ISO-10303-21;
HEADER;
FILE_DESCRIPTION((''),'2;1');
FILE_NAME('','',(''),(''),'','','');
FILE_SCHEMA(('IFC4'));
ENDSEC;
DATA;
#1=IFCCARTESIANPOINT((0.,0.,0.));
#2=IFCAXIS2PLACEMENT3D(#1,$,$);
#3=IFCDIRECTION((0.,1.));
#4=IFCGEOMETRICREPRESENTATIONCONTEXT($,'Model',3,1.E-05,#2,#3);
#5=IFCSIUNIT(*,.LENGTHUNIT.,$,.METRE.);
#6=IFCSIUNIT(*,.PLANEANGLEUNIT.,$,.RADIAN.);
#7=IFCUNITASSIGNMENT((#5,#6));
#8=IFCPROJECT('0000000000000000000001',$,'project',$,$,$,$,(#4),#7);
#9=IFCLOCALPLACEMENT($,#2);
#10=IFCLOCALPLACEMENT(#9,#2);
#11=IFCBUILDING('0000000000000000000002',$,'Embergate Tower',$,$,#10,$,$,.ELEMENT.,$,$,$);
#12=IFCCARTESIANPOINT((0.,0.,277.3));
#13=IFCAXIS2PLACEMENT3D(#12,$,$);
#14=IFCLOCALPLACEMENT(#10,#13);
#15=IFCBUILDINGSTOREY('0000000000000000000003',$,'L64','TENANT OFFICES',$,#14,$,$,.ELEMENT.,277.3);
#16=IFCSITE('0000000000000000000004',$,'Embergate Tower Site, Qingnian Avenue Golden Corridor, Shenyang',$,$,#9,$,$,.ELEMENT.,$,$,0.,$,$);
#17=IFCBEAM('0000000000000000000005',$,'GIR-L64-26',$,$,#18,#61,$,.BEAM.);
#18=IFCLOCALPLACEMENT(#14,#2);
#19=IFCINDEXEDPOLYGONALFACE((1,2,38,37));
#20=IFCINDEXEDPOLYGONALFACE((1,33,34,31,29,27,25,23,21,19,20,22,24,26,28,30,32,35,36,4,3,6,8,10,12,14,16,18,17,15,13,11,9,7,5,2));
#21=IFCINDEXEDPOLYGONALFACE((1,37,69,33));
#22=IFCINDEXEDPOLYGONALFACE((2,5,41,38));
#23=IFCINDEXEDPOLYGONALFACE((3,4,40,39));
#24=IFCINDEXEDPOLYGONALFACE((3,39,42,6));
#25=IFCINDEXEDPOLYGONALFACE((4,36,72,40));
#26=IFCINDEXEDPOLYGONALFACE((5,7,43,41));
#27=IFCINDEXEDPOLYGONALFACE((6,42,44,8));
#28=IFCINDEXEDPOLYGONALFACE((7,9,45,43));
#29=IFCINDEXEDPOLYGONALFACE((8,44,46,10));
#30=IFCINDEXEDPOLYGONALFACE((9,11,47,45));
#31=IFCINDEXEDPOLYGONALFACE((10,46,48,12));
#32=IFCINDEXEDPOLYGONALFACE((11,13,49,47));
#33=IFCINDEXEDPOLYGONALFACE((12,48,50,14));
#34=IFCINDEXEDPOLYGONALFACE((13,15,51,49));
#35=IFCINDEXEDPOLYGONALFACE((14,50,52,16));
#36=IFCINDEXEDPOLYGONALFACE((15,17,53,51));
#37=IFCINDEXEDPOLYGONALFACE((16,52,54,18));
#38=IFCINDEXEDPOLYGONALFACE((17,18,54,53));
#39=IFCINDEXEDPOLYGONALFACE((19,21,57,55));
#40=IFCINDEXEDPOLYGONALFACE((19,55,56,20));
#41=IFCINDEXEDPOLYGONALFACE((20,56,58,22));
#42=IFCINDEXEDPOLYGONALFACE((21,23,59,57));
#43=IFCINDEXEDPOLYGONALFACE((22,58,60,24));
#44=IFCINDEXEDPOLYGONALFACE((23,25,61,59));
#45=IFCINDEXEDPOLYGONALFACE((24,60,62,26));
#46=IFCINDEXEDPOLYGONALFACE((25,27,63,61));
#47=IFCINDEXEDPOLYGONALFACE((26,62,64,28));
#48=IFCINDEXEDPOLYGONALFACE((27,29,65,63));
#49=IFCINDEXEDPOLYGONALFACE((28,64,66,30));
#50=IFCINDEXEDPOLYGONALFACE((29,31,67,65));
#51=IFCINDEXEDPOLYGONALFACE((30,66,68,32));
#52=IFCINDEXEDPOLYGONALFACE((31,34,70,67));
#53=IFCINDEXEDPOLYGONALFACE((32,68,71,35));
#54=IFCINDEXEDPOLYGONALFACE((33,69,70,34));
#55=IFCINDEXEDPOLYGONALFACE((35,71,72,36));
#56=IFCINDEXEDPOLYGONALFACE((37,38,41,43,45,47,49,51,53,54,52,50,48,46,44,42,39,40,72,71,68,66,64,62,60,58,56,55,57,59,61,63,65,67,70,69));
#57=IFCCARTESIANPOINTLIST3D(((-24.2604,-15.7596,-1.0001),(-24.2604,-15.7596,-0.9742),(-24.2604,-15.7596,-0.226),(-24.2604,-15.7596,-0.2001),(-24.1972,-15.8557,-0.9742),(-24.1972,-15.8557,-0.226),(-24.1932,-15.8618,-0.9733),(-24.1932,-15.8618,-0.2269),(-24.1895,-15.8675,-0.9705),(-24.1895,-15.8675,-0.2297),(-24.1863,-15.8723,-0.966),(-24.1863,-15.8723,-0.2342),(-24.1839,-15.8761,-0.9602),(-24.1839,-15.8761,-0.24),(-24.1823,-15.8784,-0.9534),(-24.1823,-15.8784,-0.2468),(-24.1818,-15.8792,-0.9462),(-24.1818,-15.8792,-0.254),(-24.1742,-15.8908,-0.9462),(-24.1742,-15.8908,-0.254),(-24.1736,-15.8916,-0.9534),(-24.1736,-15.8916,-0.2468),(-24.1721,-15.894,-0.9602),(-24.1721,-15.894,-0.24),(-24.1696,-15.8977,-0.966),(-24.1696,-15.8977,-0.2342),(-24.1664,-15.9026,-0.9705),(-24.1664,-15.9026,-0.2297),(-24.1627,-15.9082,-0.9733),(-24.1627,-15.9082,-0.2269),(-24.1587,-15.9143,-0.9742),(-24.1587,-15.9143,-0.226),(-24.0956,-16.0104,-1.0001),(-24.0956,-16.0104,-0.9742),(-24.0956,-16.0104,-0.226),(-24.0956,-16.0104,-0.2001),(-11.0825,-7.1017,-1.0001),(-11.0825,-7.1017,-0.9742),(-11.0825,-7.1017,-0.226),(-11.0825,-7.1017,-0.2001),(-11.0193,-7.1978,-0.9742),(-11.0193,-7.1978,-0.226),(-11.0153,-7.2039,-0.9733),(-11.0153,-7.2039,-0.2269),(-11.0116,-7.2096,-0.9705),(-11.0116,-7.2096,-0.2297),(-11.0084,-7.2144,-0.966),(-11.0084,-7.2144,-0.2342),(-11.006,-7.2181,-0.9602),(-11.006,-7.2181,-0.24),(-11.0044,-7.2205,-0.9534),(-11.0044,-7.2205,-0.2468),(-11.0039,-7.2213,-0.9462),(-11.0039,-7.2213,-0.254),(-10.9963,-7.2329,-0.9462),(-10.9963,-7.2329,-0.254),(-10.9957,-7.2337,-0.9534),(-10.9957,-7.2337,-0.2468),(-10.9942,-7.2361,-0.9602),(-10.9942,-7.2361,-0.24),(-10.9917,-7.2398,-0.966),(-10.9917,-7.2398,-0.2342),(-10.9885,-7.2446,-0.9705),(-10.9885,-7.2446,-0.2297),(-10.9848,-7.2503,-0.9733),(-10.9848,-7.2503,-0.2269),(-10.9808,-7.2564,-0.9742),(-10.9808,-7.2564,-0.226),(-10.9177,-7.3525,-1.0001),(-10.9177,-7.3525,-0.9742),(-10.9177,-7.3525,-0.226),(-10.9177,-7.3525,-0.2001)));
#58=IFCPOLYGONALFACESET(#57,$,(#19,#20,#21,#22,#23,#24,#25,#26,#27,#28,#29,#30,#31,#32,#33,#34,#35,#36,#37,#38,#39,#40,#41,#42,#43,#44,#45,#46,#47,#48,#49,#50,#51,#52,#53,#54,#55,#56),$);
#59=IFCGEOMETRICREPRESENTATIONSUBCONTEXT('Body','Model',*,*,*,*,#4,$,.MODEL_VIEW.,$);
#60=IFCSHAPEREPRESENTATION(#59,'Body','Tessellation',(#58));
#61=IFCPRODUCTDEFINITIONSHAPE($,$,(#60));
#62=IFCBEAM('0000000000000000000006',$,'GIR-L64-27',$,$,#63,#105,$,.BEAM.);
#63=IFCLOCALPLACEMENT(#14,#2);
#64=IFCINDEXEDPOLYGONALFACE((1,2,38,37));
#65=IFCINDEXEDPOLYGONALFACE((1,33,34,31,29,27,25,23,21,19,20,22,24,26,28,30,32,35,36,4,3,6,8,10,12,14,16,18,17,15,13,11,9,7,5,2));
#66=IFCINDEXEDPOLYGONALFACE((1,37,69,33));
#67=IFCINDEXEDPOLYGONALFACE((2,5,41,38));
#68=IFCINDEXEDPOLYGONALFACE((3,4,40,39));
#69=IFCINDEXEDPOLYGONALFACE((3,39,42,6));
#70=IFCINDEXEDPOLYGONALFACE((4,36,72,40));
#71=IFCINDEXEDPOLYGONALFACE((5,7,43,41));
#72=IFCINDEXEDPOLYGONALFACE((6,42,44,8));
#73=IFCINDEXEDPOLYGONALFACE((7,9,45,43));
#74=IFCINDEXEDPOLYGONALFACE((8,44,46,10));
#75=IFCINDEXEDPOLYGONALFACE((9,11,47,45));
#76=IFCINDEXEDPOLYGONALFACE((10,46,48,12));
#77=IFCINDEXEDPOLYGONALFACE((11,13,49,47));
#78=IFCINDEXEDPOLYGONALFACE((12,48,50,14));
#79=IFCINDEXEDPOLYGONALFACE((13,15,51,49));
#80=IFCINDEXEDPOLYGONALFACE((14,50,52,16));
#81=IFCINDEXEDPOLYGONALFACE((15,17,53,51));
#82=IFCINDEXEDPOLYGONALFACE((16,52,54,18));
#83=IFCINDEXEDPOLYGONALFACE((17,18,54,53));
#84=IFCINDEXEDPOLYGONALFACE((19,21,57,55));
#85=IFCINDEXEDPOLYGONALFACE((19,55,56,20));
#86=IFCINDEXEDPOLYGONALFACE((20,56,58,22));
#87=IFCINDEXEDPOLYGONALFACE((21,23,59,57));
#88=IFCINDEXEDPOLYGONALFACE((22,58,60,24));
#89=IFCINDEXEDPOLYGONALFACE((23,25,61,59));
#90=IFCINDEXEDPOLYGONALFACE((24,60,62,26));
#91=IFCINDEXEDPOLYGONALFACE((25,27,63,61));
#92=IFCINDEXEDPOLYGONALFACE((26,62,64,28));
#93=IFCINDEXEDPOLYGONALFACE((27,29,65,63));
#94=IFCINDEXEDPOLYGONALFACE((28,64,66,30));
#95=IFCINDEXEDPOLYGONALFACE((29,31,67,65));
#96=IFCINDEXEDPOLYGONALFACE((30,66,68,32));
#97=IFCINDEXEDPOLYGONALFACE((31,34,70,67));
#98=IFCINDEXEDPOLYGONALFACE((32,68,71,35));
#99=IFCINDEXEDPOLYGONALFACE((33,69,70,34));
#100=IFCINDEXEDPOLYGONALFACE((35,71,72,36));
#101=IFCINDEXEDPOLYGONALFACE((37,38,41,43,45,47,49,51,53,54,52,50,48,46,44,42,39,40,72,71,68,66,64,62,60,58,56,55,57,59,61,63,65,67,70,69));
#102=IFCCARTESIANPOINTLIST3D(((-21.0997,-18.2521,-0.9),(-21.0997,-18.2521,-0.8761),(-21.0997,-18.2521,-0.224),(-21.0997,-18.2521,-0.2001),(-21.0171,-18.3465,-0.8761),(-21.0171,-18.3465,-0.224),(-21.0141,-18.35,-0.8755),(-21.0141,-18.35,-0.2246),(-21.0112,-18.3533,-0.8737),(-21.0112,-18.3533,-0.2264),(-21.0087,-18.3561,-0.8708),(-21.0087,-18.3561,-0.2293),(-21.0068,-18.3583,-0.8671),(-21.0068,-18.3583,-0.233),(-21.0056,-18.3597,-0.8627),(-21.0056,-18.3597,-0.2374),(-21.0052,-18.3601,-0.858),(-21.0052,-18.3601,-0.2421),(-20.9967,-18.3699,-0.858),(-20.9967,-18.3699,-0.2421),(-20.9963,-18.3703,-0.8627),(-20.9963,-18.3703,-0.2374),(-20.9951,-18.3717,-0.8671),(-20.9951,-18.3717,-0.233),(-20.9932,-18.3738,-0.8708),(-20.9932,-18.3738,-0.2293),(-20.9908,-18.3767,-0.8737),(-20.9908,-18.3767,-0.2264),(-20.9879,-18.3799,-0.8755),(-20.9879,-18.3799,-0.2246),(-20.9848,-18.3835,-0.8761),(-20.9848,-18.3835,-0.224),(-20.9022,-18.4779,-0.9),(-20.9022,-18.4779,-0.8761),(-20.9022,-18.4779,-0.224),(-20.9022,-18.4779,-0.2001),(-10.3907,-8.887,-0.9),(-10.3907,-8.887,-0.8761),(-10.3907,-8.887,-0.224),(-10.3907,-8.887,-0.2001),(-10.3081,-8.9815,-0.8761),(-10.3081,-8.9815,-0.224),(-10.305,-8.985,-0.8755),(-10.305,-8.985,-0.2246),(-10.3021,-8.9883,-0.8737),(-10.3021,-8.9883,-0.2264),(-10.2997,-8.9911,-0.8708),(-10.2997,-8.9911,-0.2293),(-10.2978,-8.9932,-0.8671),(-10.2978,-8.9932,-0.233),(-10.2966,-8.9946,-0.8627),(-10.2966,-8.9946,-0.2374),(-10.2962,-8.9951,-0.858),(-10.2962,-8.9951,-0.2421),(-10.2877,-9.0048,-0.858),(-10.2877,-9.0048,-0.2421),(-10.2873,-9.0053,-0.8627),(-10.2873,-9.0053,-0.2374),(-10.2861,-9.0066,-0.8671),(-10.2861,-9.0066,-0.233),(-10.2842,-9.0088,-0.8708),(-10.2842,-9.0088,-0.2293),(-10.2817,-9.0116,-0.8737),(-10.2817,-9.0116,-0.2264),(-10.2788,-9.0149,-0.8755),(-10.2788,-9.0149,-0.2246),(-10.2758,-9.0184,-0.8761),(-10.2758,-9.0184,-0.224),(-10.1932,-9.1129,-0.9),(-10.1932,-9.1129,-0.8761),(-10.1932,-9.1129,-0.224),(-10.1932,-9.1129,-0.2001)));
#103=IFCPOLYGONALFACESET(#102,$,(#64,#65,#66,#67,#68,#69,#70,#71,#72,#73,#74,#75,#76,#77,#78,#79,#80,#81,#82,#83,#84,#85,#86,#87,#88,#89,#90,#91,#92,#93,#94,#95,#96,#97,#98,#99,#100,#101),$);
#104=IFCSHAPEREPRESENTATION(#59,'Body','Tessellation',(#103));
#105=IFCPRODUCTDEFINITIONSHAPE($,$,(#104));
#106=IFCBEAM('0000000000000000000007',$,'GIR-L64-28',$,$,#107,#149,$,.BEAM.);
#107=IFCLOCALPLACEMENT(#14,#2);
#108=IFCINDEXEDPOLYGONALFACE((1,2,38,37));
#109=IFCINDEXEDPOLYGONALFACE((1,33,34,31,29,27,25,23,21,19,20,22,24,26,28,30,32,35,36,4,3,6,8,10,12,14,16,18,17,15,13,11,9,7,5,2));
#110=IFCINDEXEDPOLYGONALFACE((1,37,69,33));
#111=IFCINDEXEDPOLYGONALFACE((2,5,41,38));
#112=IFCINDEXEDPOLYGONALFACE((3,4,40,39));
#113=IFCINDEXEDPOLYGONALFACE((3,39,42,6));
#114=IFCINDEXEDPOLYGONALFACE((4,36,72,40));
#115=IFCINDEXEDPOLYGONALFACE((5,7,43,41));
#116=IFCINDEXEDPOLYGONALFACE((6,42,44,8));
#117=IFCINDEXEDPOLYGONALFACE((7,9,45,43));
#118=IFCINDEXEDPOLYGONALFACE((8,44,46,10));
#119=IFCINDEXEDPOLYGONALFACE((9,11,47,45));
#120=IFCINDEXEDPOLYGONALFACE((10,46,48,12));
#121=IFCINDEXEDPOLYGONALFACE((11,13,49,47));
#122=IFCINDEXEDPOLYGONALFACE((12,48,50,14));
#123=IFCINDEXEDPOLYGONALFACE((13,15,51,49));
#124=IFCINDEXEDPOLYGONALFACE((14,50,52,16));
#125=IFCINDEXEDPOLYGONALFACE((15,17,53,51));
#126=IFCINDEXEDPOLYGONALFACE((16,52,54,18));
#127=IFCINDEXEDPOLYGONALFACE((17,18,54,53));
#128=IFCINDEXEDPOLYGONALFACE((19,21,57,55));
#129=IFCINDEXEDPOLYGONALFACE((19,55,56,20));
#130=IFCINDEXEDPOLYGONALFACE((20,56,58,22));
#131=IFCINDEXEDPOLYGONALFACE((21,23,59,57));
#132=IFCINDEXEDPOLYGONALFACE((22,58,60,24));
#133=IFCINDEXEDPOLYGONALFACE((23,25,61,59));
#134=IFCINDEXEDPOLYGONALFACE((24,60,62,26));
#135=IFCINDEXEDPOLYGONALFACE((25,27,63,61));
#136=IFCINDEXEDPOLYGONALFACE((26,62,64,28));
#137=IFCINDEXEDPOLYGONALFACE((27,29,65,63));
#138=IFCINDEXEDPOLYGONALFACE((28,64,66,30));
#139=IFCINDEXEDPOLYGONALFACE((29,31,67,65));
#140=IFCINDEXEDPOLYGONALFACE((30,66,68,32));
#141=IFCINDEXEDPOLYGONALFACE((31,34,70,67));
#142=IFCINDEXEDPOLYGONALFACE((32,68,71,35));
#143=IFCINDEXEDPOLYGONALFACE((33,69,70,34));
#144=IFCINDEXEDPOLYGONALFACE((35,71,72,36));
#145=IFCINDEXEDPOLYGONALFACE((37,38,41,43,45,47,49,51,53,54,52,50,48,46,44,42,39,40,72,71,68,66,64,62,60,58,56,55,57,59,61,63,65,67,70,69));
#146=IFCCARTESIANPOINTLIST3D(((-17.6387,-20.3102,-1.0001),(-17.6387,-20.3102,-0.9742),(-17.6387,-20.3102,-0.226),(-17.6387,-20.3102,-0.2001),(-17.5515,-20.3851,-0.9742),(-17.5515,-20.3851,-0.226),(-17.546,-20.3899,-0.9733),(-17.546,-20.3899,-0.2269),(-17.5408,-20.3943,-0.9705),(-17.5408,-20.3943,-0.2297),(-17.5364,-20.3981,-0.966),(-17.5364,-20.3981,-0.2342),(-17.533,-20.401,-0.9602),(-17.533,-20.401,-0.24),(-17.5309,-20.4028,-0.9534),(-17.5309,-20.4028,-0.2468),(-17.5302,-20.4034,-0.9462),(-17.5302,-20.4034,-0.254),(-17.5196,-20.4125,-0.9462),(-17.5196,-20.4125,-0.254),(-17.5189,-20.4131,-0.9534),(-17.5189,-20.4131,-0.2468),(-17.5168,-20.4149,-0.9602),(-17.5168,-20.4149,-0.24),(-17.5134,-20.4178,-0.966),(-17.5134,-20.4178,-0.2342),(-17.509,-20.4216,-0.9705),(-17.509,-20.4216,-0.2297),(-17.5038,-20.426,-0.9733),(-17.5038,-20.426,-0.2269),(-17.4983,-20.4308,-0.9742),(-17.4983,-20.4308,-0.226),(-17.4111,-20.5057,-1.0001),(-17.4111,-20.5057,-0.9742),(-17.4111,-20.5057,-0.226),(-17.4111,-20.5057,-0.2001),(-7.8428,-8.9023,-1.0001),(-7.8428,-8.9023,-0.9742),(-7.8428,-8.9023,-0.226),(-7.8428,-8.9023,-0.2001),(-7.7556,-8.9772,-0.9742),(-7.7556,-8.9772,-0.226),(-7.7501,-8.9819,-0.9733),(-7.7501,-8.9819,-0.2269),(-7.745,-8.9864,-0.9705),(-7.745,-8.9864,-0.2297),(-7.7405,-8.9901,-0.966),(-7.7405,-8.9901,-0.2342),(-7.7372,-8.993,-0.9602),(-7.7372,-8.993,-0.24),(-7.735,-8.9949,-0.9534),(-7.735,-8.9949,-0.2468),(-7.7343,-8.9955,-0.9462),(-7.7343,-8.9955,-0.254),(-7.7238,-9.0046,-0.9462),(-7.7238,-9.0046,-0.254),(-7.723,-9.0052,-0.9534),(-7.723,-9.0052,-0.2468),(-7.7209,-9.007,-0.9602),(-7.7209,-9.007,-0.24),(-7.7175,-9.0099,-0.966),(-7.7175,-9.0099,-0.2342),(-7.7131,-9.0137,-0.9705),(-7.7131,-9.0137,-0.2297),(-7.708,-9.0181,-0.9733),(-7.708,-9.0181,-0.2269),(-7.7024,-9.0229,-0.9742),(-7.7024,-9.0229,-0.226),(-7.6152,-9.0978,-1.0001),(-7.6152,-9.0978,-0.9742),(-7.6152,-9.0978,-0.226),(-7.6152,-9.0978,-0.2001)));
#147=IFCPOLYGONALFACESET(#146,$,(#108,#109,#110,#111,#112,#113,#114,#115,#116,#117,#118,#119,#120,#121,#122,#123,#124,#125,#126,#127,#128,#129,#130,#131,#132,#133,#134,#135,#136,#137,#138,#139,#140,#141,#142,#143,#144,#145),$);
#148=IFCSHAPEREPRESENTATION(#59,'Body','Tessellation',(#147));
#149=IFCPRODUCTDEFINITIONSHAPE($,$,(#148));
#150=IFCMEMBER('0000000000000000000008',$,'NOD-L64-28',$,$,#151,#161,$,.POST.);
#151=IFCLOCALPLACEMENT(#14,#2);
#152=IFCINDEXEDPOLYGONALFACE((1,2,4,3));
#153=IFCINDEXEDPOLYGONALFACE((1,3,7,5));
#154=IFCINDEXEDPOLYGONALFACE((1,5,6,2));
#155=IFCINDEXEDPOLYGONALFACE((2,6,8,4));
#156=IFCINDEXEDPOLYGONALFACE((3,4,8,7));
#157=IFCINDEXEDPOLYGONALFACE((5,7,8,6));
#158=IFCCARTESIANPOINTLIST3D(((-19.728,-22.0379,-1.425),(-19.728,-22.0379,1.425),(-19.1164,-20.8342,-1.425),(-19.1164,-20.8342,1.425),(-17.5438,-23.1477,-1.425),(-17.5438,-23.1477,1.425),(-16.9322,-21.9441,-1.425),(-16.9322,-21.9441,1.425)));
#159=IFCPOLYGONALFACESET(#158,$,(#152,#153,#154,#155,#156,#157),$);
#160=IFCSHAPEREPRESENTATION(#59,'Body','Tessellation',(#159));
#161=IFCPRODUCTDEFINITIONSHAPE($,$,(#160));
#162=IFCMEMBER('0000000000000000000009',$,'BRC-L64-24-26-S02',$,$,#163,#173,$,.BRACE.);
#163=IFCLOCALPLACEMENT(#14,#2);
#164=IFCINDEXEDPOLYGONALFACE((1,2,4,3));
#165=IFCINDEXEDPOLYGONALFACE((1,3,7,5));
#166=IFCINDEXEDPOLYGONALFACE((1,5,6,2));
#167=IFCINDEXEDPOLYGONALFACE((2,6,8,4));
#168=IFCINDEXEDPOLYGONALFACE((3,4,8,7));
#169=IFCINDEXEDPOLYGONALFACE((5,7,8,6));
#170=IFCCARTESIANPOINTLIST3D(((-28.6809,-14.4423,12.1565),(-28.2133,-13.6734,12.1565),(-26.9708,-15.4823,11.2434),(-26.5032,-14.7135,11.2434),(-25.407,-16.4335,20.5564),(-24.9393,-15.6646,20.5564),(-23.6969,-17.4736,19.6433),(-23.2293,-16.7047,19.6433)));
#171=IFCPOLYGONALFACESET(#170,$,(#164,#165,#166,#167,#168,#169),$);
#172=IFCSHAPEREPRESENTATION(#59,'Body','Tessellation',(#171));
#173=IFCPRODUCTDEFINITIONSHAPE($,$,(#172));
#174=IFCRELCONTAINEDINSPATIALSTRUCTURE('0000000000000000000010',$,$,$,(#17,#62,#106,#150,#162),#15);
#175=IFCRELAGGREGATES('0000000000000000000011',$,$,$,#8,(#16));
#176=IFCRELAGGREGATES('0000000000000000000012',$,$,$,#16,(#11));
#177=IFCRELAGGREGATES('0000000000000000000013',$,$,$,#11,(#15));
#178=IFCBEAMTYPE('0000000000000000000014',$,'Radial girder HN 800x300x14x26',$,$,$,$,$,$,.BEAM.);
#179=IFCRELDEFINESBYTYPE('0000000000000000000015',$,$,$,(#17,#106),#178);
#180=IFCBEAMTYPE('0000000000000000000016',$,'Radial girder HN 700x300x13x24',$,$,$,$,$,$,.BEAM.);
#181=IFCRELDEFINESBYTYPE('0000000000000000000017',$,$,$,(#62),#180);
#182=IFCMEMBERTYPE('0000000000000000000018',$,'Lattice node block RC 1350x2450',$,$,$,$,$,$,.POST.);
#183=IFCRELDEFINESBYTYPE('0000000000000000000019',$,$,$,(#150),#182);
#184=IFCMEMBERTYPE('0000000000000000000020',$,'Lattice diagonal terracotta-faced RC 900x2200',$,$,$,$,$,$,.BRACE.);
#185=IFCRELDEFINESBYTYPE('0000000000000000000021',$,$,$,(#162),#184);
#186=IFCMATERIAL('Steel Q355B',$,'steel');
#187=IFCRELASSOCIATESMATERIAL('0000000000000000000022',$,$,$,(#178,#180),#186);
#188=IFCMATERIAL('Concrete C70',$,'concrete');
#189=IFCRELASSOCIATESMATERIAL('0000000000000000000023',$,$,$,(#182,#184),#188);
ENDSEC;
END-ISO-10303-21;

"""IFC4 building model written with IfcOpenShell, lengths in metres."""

from ifc_helpers import new_model, si_unit, direction, frame, origin, origin_2d, place, context, subcontext, project, spatial, rectangle, i_section, extrude, source, transform, mapped, material, material_profile, profile_set, type_object, element, save


model = new_model("IFC4")

# Units and contexts
model_context = context("Model", 3, precision=1e-05, world=origin(), true_north=direction((0.0, 1.0)))
body_context = subcontext(model_context, "Body", "Model", "MODEL_VIEW")
ifc_project = project(units=[si_unit("LENGTHUNIT", "METRE"), si_unit("PLANEANGLEUNIT", "RADIAN")], contexts=[model_context])

# Site, building, storey
site_placement = place(None, origin())
site = spatial("IfcSite", under=ifc_project, at=site_placement, Name="Embergate Tower Site, Qingnian Avenue Golden Corridor, Shenyang", CompositionType="ELEMENT", RefElevation=0.0)
building_placement = place(site_placement, origin())
building = spatial("IfcBuilding", under=site, at=building_placement, Name="Embergate Tower", CompositionType="ELEMENT")
storey_placement = place(building_placement, frame((0.0, 0.0, 277.3)))
storey = spatial("IfcBuildingStorey", under=building, at=storey_placement, Name="L64", Description="TENANT OFFICES", CompositionType="ELEMENT", Elevation=277.3)

# Beams
ifc_material_1 = material(Name="Steel Q355B", Category="steel")
ifc_material_profile_1 = material_profile(ifc_material_1, i_section(OverallWidth=0.3, OverallDepth=0.8, WebThickness=0.0139, FlangeThickness=0.0259, FilletRadius=0.0281, at=origin_2d()), Name="HN 800x300x14x26")
ifc_profile_set_1 = profile_set([ifc_material_profile_1], Name="Steel Q355 grade B")
beam_type_1 = type_object("IfcBeamType", Name="Radial girder HN 800x300x14x26", PredefinedType="BEAM", material=ifc_profile_set_1)
shared_shape_1 = source(origin(), body_context, "Body", "SweptSolid", [
    extrude(i_section(OverallWidth=0.3, OverallDepth=0.8, WebThickness=0.0139, FlangeThickness=0.0259, FilletRadius=0.0281, at=origin_2d()), origin(), (0.0, 0.0, 1.0), 15.7676),
])
beam_1_placement = place(storey_placement, frame((-24.178, -15.885, -0.6001), z_axis=(0.835759, 0.549096, 0.0), x_axis=(-0.549096, 0.835759, 0.0)))
element("IfcBeam", 1, at=beam_1_placement, inside=storey, type_object=beam_type_1, Name="GIR-L64-26", PredefinedType="BEAM", context=body_context, shape_type="MappedRepresentation", body=[
    mapped(shared_shape_1, transform((0.0, 0.0, 0.0))),
])
ifc_material_profile_2 = material_profile(ifc_material_1, i_section(OverallWidth=0.3, OverallDepth=0.7, WebThickness=0.0129, FlangeThickness=0.0239, FilletRadius=0.0181, at=origin_2d()), Name="HN 700x300x13x24")
ifc_profile_set_2 = profile_set([ifc_material_profile_2], Name="Steel Q355 grade B")
beam_type_2 = type_object("IfcBeamType", Name="Radial girder HN 700x300x13x24", PredefinedType="BEAM", material=ifc_profile_set_2)
shared_shape_2 = source(origin(), body_context, "Body", "SweptSolid", [
    extrude(i_section(OverallWidth=0.3, OverallDepth=0.7, WebThickness=0.0129, FlangeThickness=0.0239, FilletRadius=0.0181, at=origin_2d()), origin(), (0.0, 0.0, 1.0), 14.2263),
])
beam_2_placement = place(storey_placement, frame((-21.001, -18.365, -0.55), z_axis=(0.752764, 0.658291, 0.0), x_axis=(-0.658291, 0.752764, 0.0)))
element("IfcBeam", 2, at=beam_2_placement, inside=storey, type_object=beam_type_2, Name="GIR-L64-27", PredefinedType="BEAM", context=body_context, shape_type="MappedRepresentation", body=[
    mapped(shared_shape_2, transform((0.0, 0.0, 0.0))),
])
shared_shape_3 = source(origin(), body_context, "Body", "SweptSolid", [
    extrude(i_section(OverallWidth=0.3, OverallDepth=0.8, WebThickness=0.0139, FlangeThickness=0.0259, FilletRadius=0.0281, at=origin_2d()), origin(), (0.0, 0.0, 1.0), 15.0366),
])
beam_3_placement = place(storey_placement, frame((-17.5249, -20.408, -0.6001), z_axis=(0.651468, 0.758676, 0.0), x_axis=(-0.758676, 0.651468, 0.0)))
element("IfcBeam", 3, at=beam_3_placement, inside=storey, type_object=beam_type_1, Name="GIR-L64-28", PredefinedType="BEAM", context=body_context, shape_type="MappedRepresentation", body=[
    mapped(shared_shape_3, transform((0.0, 0.0, 0.0))),
])

# Members
ifc_material_2 = material(Name="Concrete C70", Category="concrete")
ifc_material_profile_3 = material_profile(ifc_material_2, rectangle(XDim=1.3501, YDim=2.45, at=origin_2d()), Name="RC 1350x2450")
ifc_profile_set_3 = profile_set([ifc_material_profile_3], Name="Concrete C70")
member_type_1 = type_object("IfcMemberType", Name="Lattice node block RC 1350x2450", PredefinedType="POST", material=ifc_profile_set_3)
shared_shape_4 = source(origin(), body_context, "Body", "SweptSolid", [
    extrude(rectangle(XDim=1.3501, YDim=2.45, at=origin_2d()), origin(), (0.0, 0.0, 1.0), 2.8501),
])
member_1_placement = place(storey_placement, frame((-18.3301, -21.991, -1.425), z_axis=(0.0, 0.0, 1.0), x_axis=(-0.452995, -0.891513, 0.0)))
element("IfcMember", 4, at=member_1_placement, inside=storey, type_object=member_type_1, Name="NOD-L64-28", PredefinedType="POST", context=body_context, shape_type="MappedRepresentation", body=[
    mapped(shared_shape_4, transform((0.0, 0.0, 0.0))),
])
ifc_material_profile_4 = material_profile(ifc_material_2, rectangle(XDim=0.8999, YDim=2.2, at=origin_2d()), Name="RC 900x2200")
ifc_profile_set_4 = profile_set([ifc_material_profile_4], Name="Concrete C70")
member_type_2 = type_object("IfcMemberType", Name="Lattice diagonal terracotta-faced RC 900x2200", PredefinedType="BRACE", material=ifc_profile_set_4)
shared_shape_5 = source(origin(), body_context, "Body", "SweptSolid", [
    extrude(rectangle(XDim=0.8999, YDim=2.2, at=origin_2d()), origin(), (0.0, 0.0, 1.0), 9.2327),
])
member_2_placement = place(storey_placement, frame((-27.592, -14.5779, 11.7), z_axis=(0.354603, -0.215671, 0.909804), x_axis=(0.51964, 0.854386, 0.0)))
element("IfcMember", 5, at=member_2_placement, inside=storey, type_object=member_type_2, Name="BRC-L64-24-26-S02", PredefinedType="BRACE", context=body_context, shape_type="MappedRepresentation", body=[
    mapped(shared_shape_5, transform((0.0, 0.0, 0.0))),
])

save(model, "model.ifc")
